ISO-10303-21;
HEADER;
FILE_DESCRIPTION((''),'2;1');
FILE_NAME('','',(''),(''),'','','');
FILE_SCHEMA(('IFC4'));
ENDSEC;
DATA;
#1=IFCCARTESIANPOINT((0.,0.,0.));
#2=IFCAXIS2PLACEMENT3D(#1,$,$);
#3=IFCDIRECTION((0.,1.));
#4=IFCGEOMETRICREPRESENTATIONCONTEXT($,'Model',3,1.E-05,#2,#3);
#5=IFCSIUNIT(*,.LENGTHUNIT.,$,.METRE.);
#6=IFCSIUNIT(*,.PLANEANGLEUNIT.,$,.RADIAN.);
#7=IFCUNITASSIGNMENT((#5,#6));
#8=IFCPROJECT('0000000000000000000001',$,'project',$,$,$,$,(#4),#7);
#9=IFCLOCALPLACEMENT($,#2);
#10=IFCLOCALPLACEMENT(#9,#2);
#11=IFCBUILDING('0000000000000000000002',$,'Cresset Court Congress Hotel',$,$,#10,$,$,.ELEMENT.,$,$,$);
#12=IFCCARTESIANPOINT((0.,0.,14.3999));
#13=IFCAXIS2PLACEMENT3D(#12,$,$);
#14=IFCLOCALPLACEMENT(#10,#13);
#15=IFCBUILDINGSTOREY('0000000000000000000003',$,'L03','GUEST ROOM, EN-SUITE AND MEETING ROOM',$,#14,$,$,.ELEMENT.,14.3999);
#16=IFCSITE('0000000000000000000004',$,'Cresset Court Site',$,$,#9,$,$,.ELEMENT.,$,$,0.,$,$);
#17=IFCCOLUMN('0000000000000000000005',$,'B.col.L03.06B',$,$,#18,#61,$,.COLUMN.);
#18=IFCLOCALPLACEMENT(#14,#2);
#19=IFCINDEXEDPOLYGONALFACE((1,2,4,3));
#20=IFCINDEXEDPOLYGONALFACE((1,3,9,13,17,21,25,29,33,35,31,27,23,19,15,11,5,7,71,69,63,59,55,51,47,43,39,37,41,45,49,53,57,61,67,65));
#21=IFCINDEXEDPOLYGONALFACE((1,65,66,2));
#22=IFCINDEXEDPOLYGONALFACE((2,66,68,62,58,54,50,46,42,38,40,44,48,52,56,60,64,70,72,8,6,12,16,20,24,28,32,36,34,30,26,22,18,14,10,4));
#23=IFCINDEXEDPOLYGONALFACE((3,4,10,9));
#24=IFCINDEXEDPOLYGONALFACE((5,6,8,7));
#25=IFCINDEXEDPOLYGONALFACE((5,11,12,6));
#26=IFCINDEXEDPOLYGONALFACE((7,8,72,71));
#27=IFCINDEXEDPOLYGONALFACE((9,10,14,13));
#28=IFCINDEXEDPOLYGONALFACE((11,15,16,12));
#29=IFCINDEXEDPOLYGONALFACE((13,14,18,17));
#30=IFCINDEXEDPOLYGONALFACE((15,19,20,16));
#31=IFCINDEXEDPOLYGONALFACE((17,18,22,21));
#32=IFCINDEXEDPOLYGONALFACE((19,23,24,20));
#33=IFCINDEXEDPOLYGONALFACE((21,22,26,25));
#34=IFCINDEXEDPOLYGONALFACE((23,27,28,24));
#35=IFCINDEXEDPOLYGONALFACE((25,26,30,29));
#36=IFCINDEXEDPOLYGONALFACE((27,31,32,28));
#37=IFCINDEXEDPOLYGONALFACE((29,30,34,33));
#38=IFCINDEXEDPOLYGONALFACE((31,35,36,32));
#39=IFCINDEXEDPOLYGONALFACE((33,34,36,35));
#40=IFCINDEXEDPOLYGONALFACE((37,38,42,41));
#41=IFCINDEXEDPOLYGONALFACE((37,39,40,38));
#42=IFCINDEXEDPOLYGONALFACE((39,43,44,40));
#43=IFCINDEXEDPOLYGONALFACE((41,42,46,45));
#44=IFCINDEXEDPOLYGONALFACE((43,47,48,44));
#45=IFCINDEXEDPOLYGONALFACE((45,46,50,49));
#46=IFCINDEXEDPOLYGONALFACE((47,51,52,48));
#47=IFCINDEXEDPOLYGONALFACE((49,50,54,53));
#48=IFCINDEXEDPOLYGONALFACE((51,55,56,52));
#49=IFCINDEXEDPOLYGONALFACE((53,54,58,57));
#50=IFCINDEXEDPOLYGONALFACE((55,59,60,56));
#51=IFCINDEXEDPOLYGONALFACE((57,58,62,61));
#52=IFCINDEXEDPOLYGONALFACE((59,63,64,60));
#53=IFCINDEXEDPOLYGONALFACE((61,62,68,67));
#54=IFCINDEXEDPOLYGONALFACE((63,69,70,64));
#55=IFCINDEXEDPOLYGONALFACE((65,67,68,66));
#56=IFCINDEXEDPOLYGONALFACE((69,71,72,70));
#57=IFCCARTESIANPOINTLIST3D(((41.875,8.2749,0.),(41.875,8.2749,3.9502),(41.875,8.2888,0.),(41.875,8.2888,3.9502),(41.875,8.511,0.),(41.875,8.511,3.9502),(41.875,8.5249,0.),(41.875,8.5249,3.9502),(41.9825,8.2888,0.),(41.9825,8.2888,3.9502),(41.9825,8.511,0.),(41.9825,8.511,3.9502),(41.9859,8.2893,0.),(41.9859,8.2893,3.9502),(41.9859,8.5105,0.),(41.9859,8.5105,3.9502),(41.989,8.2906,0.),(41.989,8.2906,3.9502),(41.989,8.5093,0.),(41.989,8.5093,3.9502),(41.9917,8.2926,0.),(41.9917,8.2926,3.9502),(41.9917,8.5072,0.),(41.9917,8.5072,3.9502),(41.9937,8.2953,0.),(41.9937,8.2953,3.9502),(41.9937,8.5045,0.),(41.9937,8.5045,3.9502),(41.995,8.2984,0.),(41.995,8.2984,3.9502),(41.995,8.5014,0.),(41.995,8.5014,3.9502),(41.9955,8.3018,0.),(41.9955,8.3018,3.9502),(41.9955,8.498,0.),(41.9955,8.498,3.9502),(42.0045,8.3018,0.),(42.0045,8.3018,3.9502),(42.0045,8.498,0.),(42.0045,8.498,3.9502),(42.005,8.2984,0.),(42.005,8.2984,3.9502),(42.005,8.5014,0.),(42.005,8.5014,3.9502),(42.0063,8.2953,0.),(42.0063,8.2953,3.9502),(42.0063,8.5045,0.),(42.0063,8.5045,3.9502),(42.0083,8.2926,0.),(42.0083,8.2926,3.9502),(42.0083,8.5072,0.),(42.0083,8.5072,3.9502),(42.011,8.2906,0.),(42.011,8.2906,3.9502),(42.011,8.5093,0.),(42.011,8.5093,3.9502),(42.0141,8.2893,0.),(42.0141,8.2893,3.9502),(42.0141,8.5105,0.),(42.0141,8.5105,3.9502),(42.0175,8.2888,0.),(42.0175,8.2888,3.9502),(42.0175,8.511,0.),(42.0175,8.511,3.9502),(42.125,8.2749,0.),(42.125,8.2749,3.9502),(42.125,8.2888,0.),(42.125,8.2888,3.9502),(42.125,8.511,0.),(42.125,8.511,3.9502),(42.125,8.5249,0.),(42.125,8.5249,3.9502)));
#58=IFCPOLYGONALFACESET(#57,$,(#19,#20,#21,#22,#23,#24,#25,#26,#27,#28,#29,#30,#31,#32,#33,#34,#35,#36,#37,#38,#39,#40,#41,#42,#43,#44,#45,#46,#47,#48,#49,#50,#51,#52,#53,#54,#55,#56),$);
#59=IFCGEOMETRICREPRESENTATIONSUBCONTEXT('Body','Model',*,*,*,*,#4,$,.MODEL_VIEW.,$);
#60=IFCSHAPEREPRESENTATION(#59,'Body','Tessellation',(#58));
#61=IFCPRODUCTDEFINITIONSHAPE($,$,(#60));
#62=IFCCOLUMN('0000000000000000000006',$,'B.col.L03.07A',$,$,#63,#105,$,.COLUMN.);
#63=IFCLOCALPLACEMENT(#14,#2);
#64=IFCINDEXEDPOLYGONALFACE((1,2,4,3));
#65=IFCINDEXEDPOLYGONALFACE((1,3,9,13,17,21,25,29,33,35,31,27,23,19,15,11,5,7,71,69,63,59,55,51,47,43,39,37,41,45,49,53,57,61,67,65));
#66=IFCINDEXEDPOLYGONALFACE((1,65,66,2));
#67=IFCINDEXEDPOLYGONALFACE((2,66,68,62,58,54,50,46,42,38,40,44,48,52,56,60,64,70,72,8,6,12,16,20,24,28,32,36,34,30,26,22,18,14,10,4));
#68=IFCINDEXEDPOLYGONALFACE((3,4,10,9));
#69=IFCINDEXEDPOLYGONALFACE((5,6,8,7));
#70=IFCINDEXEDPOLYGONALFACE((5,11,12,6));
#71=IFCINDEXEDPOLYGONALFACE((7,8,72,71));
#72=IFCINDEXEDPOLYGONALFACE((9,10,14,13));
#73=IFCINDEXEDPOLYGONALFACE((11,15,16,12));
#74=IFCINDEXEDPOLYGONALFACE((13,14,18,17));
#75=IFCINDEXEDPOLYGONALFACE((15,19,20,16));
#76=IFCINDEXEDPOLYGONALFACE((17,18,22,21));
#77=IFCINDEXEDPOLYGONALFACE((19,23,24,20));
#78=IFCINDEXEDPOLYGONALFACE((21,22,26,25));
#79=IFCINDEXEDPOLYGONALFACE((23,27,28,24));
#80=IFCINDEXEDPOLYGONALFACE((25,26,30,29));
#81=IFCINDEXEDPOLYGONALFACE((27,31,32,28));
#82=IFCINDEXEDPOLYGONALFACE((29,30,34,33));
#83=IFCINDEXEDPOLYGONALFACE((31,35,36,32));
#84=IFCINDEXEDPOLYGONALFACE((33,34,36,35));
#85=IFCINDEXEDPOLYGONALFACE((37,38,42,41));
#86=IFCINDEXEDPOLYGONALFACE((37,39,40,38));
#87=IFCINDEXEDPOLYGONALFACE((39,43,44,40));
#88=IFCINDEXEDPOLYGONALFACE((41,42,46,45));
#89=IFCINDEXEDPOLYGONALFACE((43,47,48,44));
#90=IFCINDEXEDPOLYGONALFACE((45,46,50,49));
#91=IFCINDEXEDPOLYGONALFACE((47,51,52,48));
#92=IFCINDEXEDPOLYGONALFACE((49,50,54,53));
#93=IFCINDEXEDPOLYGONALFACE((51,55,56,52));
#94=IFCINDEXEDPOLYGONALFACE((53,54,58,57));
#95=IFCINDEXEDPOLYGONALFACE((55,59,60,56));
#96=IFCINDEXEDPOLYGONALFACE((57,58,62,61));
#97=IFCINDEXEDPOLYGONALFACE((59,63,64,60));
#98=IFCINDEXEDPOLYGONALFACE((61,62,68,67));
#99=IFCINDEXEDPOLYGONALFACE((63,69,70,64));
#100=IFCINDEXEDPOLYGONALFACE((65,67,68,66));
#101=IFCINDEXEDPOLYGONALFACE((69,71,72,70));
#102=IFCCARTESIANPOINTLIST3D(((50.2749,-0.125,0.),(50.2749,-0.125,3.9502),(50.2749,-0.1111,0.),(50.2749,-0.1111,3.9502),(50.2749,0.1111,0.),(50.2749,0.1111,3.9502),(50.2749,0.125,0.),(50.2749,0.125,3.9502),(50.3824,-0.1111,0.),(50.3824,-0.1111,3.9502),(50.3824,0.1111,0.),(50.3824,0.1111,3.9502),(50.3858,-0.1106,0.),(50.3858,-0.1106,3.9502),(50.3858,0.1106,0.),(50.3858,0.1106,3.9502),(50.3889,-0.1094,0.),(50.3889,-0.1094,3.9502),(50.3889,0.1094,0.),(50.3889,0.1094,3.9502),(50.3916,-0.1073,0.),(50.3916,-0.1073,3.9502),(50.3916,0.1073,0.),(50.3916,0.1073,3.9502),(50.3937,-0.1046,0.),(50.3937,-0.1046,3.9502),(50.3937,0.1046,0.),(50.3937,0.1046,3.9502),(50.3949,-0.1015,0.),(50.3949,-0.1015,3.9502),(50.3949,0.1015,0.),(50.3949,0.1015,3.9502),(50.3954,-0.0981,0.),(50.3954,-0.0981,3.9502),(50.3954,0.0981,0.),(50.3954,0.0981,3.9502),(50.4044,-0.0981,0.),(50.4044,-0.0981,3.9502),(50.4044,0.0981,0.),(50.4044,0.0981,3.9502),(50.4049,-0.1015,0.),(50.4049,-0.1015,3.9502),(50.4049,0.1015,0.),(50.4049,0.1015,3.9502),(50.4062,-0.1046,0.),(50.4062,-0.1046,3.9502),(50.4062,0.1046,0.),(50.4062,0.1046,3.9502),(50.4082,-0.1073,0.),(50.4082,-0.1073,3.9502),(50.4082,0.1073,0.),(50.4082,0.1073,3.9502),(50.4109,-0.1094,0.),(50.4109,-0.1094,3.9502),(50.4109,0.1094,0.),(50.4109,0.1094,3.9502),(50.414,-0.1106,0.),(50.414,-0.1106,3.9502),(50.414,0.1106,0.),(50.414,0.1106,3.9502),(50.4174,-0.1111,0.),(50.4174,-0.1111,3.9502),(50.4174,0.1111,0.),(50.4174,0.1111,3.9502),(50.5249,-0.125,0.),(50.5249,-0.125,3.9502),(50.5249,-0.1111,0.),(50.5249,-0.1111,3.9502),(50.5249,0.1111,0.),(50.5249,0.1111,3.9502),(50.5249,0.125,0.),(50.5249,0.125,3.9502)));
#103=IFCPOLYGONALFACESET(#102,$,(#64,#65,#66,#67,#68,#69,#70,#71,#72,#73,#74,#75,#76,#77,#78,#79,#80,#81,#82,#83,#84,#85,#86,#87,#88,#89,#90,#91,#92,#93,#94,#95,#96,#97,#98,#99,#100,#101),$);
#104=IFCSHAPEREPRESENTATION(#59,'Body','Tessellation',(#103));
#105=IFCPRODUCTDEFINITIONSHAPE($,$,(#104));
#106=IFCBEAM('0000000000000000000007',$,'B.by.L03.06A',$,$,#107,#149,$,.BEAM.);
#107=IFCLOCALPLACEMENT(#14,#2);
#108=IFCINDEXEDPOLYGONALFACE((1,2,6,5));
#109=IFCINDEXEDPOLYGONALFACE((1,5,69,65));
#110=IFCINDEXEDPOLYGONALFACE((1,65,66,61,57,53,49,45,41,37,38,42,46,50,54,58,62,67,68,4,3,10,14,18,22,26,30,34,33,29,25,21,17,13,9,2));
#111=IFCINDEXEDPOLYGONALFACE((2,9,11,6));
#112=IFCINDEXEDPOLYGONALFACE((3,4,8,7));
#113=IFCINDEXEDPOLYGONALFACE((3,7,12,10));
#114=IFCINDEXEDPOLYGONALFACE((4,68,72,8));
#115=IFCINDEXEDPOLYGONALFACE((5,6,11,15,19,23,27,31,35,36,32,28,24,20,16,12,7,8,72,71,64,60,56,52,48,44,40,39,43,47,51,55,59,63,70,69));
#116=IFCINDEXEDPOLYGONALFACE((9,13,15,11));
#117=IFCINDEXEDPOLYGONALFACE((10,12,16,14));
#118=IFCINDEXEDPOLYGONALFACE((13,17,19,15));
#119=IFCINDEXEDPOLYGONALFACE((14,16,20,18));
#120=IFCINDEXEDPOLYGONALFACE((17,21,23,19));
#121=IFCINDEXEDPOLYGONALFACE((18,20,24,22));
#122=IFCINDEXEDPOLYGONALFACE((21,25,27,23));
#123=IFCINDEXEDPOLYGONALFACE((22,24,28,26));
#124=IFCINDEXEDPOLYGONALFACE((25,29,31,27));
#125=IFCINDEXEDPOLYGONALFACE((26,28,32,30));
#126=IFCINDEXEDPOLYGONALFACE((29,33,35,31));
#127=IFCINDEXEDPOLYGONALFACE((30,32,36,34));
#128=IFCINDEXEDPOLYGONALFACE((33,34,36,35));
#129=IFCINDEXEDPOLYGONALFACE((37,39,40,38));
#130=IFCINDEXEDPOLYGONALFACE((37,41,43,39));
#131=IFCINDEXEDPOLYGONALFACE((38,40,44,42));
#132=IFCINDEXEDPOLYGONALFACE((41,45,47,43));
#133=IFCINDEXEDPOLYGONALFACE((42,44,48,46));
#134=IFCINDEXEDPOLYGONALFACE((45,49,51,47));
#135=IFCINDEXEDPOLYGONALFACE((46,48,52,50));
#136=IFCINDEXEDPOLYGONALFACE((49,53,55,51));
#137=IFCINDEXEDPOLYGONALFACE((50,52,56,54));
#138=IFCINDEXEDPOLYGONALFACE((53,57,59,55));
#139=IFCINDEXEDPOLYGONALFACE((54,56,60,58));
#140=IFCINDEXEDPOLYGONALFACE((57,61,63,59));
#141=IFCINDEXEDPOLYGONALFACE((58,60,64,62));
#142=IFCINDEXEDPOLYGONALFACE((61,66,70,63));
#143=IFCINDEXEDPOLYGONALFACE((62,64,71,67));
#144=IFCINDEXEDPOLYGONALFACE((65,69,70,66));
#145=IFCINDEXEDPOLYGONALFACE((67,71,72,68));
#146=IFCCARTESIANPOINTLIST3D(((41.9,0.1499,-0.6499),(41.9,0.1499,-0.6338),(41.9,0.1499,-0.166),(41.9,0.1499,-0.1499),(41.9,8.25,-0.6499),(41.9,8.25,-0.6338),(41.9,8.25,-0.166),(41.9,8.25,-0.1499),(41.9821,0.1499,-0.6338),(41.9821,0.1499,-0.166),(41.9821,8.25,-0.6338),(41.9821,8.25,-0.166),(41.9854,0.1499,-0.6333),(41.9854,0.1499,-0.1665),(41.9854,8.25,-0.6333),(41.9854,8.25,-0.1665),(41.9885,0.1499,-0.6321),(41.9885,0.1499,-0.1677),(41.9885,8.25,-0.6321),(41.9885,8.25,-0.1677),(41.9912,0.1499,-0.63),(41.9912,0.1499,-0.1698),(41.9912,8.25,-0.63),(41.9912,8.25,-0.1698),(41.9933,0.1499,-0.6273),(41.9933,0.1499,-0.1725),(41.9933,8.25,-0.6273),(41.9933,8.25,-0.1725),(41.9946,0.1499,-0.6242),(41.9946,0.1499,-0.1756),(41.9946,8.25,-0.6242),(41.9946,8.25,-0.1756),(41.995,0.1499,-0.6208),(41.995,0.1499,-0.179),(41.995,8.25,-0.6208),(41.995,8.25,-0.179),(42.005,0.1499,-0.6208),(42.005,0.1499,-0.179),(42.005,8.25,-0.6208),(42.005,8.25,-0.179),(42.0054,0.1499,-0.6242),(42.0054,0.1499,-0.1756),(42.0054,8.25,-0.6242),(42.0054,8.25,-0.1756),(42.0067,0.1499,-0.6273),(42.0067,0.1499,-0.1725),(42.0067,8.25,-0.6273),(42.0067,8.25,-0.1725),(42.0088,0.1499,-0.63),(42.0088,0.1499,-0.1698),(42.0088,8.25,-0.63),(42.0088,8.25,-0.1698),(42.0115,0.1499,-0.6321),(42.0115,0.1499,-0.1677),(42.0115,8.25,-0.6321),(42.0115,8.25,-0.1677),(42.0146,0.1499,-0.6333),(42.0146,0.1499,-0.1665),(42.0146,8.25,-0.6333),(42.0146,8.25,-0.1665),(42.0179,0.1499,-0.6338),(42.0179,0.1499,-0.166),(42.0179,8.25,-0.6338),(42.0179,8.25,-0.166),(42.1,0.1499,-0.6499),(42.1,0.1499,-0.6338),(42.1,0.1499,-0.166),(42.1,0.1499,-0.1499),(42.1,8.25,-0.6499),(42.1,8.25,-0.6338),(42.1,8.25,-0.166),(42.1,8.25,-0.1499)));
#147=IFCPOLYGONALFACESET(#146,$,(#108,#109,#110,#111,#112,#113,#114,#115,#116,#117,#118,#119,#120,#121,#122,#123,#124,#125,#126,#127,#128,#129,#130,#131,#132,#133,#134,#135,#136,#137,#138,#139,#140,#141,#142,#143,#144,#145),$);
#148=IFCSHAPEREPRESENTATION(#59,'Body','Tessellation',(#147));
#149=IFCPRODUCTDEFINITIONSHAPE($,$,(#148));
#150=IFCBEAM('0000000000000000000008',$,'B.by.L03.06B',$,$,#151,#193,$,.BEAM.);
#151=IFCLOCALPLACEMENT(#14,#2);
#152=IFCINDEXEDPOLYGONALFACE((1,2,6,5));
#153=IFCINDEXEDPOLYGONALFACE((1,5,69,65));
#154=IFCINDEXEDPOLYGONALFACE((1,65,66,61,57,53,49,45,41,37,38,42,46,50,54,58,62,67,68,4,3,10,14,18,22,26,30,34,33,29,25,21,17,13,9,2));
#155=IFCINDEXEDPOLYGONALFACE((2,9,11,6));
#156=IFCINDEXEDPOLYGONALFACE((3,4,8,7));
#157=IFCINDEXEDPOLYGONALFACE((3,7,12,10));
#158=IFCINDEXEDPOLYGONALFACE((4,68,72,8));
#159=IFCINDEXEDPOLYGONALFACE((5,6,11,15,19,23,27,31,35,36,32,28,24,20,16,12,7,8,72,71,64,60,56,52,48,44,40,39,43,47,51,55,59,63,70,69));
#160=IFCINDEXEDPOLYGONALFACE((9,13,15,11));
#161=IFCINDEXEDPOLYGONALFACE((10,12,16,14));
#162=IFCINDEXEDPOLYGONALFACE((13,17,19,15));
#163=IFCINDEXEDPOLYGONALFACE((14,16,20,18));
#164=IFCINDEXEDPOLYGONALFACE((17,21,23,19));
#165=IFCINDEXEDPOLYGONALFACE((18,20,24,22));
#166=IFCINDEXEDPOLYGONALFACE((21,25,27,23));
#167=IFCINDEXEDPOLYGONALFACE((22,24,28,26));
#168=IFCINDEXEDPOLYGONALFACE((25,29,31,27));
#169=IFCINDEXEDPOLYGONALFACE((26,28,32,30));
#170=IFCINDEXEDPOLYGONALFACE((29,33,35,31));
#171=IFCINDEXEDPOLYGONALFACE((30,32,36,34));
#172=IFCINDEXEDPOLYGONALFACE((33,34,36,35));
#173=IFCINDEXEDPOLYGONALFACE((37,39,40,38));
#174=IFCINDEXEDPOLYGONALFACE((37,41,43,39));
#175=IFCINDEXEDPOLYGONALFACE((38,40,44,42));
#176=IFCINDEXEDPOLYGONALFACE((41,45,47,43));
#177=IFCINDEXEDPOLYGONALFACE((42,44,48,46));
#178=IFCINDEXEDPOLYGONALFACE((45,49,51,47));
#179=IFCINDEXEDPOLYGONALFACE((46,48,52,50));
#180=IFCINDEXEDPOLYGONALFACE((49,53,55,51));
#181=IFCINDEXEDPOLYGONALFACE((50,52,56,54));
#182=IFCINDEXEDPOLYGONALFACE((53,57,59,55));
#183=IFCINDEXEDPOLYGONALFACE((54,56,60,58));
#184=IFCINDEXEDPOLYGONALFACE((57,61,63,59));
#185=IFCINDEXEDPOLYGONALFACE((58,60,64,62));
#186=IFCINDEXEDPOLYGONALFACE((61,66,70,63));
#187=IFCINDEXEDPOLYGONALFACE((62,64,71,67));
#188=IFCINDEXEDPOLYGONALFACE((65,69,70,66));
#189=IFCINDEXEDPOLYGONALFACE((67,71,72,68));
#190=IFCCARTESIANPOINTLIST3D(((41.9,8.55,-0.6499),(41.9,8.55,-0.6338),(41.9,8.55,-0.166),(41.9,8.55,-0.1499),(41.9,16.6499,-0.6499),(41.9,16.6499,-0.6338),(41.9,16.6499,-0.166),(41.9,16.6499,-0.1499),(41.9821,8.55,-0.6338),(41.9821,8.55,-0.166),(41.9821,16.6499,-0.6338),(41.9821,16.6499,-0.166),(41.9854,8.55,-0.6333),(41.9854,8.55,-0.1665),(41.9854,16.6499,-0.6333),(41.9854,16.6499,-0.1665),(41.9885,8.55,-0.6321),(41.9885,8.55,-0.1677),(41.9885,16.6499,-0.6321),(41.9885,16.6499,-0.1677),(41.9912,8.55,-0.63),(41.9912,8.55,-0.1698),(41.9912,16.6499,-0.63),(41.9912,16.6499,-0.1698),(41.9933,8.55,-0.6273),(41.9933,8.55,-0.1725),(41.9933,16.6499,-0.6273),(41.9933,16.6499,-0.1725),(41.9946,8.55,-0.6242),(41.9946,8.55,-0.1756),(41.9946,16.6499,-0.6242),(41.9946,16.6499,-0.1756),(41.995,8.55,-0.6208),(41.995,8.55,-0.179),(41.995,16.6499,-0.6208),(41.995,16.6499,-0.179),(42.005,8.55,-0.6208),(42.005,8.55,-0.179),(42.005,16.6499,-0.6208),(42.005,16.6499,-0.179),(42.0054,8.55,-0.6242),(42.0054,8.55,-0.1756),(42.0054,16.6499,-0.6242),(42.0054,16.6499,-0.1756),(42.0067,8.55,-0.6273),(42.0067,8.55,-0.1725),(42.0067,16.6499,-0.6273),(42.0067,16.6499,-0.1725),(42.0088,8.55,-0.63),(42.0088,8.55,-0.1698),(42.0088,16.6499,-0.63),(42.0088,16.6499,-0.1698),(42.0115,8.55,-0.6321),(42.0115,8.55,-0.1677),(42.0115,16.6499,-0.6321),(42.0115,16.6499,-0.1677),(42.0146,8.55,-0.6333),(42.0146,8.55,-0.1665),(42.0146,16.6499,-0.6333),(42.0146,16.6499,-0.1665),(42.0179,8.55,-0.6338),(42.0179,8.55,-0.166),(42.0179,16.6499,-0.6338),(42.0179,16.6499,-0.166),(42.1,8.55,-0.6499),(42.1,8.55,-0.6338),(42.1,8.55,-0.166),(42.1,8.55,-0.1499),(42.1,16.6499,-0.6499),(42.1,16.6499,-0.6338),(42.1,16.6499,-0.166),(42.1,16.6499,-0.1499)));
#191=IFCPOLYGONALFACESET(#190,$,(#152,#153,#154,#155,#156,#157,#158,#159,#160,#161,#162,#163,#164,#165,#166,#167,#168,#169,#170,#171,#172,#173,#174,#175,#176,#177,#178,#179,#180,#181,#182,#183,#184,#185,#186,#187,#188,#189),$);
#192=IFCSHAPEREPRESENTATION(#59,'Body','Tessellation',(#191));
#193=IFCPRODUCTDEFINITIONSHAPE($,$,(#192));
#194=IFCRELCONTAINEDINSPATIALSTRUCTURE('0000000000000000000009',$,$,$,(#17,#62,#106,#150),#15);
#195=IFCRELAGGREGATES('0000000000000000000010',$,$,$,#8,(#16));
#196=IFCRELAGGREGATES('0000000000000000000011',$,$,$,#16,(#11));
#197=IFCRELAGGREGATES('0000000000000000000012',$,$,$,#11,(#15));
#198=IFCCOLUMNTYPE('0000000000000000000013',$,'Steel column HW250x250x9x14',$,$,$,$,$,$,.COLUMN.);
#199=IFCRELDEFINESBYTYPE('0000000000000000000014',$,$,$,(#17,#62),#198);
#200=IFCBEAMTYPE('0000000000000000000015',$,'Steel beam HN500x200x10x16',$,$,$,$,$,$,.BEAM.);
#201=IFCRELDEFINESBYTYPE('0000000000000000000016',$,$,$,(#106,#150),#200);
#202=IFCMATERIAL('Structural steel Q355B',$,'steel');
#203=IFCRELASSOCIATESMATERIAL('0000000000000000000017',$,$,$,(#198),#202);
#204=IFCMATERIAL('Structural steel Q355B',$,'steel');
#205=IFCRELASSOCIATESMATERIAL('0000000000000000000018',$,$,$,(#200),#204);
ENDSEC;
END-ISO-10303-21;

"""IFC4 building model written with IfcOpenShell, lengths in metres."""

from ifc_helpers import new_model, si_unit, direction, frame, origin, origin_2d, place, context, subcontext, project, spatial, i_section, extrude, material, material_profile, profile_set, type_object, element, save


model = new_model("IFC4")

# Units and contexts
model_context = context("Model", 3, precision=1e-05, world=origin(), true_north=direction((0.0, 1.0)))
body_context = subcontext(model_context, "Body", "Model", "MODEL_VIEW")
ifc_project = project(units=[si_unit("LENGTHUNIT", "METRE"), si_unit("PLANEANGLEUNIT", "RADIAN")], contexts=[model_context])

# Site, building, storey
site_placement = place(None, origin())
site = spatial("IfcSite", under=ifc_project, at=site_placement, Name="Cresset Court Site", CompositionType="ELEMENT", RefElevation=0.0)
building_placement = place(site_placement, origin())
building = spatial("IfcBuilding", under=site, at=building_placement, Name="Cresset Court Congress Hotel", CompositionType="ELEMENT")
storey_placement = place(building_placement, frame((0.0, 0.0, 14.3999)))
storey = spatial("IfcBuildingStorey", under=building, at=storey_placement, Name="L03", Description="GUEST ROOM, EN-SUITE AND MEETING ROOM", CompositionType="ELEMENT", Elevation=14.3999)

# Columns
ifc_material_1 = material(Name="Structural steel Q355B", Category="steel")
ifc_material_profile_1 = material_profile(ifc_material_1, i_section(OverallWidth=0.25, OverallDepth=0.25, WebThickness=0.009, FlangeThickness=0.0139, FilletRadius=0.0129, at=origin_2d()), Name="HW250x250x9x14")
ifc_profile_set_1 = profile_set([ifc_material_profile_1], Name="Structural steel Q355B")
column_type = type_object("IfcColumnType", Name="Steel column HW250x250x9x14", PredefinedType="COLUMN", material=ifc_profile_set_1)
for number, where, z_axis, x_axis, name in (
    (1, (42.0, 8.3999, 0.0), (0.0, 0.0, 1.0), (1.0, 0.0, 0.0), "B.col.L03.06B"),
    (2, (50.3999, 0.0, 0.0), (0.0, 0.0, 1.0), (1.0, 0.0, 0.0), "B.col.L03.07A"),
):
    element("IfcColumn", number, at=place(storey_placement, frame(where, z_axis=z_axis, x_axis=x_axis)), inside=storey, type_object=column_type, Name=name, PredefinedType="COLUMN", context=body_context, shape_type="SweptSolid", body=[
        extrude(i_section(OverallWidth=0.25, OverallDepth=0.25, WebThickness=0.009, FlangeThickness=0.0139, FilletRadius=0.0129, at=origin_2d()), origin(), (0.0, 0.0, 1.0), 3.9502),
    ])

# Beams
ifc_material_2 = material(Name="Structural steel Q355B", Category="steel")
ifc_material_profile_2 = material_profile(ifc_material_2, i_section(OverallWidth=0.2, OverallDepth=0.5, WebThickness=0.01, FlangeThickness=0.0161, FilletRadius=0.0129, at=origin_2d()), Name="HN500x200x10x16")
ifc_profile_set_2 = profile_set([ifc_material_profile_2], Name="Structural steel Q355B")
beam_type_1 = type_object("IfcBeamType", Name="Steel beam HN500x200x10x16", PredefinedType="BEAM", material=ifc_profile_set_2)
beam_1_placement = place(storey_placement, frame((42.0, 0.1499, -0.3999), z_axis=(0.0, 1.0, 0.0), x_axis=(-1.0, 0.0, 0.0)))
element("IfcBeam", 3, at=beam_1_placement, inside=storey, type_object=beam_type_1, Name="B.by.L03.06A", PredefinedType="BEAM", context=body_context, shape_type="SweptSolid", body=[
    extrude(i_section(OverallWidth=0.2, OverallDepth=0.5, WebThickness=0.01, FlangeThickness=0.0161, FilletRadius=0.0129, at=origin_2d()), origin(), (0.0, 0.0, 1.0), 8.1001),
])
beam_2_placement = place(storey_placement, frame((42.0, 8.55, -0.3999), z_axis=(0.0, 1.0, 0.0), x_axis=(-1.0, 0.0, 0.0)))
element("IfcBeam", 4, at=beam_2_placement, inside=storey, type_object=beam_type_1, Name="B.by.L03.06B", PredefinedType="BEAM", context=body_context, shape_type="SweptSolid", body=[
    extrude(i_section(OverallWidth=0.2, OverallDepth=0.5, WebThickness=0.01, FlangeThickness=0.0161, FilletRadius=0.0129, at=origin_2d()), origin(), (0.0, 0.0, 1.0), 8.0999),
])

save(model, "model.ifc")
